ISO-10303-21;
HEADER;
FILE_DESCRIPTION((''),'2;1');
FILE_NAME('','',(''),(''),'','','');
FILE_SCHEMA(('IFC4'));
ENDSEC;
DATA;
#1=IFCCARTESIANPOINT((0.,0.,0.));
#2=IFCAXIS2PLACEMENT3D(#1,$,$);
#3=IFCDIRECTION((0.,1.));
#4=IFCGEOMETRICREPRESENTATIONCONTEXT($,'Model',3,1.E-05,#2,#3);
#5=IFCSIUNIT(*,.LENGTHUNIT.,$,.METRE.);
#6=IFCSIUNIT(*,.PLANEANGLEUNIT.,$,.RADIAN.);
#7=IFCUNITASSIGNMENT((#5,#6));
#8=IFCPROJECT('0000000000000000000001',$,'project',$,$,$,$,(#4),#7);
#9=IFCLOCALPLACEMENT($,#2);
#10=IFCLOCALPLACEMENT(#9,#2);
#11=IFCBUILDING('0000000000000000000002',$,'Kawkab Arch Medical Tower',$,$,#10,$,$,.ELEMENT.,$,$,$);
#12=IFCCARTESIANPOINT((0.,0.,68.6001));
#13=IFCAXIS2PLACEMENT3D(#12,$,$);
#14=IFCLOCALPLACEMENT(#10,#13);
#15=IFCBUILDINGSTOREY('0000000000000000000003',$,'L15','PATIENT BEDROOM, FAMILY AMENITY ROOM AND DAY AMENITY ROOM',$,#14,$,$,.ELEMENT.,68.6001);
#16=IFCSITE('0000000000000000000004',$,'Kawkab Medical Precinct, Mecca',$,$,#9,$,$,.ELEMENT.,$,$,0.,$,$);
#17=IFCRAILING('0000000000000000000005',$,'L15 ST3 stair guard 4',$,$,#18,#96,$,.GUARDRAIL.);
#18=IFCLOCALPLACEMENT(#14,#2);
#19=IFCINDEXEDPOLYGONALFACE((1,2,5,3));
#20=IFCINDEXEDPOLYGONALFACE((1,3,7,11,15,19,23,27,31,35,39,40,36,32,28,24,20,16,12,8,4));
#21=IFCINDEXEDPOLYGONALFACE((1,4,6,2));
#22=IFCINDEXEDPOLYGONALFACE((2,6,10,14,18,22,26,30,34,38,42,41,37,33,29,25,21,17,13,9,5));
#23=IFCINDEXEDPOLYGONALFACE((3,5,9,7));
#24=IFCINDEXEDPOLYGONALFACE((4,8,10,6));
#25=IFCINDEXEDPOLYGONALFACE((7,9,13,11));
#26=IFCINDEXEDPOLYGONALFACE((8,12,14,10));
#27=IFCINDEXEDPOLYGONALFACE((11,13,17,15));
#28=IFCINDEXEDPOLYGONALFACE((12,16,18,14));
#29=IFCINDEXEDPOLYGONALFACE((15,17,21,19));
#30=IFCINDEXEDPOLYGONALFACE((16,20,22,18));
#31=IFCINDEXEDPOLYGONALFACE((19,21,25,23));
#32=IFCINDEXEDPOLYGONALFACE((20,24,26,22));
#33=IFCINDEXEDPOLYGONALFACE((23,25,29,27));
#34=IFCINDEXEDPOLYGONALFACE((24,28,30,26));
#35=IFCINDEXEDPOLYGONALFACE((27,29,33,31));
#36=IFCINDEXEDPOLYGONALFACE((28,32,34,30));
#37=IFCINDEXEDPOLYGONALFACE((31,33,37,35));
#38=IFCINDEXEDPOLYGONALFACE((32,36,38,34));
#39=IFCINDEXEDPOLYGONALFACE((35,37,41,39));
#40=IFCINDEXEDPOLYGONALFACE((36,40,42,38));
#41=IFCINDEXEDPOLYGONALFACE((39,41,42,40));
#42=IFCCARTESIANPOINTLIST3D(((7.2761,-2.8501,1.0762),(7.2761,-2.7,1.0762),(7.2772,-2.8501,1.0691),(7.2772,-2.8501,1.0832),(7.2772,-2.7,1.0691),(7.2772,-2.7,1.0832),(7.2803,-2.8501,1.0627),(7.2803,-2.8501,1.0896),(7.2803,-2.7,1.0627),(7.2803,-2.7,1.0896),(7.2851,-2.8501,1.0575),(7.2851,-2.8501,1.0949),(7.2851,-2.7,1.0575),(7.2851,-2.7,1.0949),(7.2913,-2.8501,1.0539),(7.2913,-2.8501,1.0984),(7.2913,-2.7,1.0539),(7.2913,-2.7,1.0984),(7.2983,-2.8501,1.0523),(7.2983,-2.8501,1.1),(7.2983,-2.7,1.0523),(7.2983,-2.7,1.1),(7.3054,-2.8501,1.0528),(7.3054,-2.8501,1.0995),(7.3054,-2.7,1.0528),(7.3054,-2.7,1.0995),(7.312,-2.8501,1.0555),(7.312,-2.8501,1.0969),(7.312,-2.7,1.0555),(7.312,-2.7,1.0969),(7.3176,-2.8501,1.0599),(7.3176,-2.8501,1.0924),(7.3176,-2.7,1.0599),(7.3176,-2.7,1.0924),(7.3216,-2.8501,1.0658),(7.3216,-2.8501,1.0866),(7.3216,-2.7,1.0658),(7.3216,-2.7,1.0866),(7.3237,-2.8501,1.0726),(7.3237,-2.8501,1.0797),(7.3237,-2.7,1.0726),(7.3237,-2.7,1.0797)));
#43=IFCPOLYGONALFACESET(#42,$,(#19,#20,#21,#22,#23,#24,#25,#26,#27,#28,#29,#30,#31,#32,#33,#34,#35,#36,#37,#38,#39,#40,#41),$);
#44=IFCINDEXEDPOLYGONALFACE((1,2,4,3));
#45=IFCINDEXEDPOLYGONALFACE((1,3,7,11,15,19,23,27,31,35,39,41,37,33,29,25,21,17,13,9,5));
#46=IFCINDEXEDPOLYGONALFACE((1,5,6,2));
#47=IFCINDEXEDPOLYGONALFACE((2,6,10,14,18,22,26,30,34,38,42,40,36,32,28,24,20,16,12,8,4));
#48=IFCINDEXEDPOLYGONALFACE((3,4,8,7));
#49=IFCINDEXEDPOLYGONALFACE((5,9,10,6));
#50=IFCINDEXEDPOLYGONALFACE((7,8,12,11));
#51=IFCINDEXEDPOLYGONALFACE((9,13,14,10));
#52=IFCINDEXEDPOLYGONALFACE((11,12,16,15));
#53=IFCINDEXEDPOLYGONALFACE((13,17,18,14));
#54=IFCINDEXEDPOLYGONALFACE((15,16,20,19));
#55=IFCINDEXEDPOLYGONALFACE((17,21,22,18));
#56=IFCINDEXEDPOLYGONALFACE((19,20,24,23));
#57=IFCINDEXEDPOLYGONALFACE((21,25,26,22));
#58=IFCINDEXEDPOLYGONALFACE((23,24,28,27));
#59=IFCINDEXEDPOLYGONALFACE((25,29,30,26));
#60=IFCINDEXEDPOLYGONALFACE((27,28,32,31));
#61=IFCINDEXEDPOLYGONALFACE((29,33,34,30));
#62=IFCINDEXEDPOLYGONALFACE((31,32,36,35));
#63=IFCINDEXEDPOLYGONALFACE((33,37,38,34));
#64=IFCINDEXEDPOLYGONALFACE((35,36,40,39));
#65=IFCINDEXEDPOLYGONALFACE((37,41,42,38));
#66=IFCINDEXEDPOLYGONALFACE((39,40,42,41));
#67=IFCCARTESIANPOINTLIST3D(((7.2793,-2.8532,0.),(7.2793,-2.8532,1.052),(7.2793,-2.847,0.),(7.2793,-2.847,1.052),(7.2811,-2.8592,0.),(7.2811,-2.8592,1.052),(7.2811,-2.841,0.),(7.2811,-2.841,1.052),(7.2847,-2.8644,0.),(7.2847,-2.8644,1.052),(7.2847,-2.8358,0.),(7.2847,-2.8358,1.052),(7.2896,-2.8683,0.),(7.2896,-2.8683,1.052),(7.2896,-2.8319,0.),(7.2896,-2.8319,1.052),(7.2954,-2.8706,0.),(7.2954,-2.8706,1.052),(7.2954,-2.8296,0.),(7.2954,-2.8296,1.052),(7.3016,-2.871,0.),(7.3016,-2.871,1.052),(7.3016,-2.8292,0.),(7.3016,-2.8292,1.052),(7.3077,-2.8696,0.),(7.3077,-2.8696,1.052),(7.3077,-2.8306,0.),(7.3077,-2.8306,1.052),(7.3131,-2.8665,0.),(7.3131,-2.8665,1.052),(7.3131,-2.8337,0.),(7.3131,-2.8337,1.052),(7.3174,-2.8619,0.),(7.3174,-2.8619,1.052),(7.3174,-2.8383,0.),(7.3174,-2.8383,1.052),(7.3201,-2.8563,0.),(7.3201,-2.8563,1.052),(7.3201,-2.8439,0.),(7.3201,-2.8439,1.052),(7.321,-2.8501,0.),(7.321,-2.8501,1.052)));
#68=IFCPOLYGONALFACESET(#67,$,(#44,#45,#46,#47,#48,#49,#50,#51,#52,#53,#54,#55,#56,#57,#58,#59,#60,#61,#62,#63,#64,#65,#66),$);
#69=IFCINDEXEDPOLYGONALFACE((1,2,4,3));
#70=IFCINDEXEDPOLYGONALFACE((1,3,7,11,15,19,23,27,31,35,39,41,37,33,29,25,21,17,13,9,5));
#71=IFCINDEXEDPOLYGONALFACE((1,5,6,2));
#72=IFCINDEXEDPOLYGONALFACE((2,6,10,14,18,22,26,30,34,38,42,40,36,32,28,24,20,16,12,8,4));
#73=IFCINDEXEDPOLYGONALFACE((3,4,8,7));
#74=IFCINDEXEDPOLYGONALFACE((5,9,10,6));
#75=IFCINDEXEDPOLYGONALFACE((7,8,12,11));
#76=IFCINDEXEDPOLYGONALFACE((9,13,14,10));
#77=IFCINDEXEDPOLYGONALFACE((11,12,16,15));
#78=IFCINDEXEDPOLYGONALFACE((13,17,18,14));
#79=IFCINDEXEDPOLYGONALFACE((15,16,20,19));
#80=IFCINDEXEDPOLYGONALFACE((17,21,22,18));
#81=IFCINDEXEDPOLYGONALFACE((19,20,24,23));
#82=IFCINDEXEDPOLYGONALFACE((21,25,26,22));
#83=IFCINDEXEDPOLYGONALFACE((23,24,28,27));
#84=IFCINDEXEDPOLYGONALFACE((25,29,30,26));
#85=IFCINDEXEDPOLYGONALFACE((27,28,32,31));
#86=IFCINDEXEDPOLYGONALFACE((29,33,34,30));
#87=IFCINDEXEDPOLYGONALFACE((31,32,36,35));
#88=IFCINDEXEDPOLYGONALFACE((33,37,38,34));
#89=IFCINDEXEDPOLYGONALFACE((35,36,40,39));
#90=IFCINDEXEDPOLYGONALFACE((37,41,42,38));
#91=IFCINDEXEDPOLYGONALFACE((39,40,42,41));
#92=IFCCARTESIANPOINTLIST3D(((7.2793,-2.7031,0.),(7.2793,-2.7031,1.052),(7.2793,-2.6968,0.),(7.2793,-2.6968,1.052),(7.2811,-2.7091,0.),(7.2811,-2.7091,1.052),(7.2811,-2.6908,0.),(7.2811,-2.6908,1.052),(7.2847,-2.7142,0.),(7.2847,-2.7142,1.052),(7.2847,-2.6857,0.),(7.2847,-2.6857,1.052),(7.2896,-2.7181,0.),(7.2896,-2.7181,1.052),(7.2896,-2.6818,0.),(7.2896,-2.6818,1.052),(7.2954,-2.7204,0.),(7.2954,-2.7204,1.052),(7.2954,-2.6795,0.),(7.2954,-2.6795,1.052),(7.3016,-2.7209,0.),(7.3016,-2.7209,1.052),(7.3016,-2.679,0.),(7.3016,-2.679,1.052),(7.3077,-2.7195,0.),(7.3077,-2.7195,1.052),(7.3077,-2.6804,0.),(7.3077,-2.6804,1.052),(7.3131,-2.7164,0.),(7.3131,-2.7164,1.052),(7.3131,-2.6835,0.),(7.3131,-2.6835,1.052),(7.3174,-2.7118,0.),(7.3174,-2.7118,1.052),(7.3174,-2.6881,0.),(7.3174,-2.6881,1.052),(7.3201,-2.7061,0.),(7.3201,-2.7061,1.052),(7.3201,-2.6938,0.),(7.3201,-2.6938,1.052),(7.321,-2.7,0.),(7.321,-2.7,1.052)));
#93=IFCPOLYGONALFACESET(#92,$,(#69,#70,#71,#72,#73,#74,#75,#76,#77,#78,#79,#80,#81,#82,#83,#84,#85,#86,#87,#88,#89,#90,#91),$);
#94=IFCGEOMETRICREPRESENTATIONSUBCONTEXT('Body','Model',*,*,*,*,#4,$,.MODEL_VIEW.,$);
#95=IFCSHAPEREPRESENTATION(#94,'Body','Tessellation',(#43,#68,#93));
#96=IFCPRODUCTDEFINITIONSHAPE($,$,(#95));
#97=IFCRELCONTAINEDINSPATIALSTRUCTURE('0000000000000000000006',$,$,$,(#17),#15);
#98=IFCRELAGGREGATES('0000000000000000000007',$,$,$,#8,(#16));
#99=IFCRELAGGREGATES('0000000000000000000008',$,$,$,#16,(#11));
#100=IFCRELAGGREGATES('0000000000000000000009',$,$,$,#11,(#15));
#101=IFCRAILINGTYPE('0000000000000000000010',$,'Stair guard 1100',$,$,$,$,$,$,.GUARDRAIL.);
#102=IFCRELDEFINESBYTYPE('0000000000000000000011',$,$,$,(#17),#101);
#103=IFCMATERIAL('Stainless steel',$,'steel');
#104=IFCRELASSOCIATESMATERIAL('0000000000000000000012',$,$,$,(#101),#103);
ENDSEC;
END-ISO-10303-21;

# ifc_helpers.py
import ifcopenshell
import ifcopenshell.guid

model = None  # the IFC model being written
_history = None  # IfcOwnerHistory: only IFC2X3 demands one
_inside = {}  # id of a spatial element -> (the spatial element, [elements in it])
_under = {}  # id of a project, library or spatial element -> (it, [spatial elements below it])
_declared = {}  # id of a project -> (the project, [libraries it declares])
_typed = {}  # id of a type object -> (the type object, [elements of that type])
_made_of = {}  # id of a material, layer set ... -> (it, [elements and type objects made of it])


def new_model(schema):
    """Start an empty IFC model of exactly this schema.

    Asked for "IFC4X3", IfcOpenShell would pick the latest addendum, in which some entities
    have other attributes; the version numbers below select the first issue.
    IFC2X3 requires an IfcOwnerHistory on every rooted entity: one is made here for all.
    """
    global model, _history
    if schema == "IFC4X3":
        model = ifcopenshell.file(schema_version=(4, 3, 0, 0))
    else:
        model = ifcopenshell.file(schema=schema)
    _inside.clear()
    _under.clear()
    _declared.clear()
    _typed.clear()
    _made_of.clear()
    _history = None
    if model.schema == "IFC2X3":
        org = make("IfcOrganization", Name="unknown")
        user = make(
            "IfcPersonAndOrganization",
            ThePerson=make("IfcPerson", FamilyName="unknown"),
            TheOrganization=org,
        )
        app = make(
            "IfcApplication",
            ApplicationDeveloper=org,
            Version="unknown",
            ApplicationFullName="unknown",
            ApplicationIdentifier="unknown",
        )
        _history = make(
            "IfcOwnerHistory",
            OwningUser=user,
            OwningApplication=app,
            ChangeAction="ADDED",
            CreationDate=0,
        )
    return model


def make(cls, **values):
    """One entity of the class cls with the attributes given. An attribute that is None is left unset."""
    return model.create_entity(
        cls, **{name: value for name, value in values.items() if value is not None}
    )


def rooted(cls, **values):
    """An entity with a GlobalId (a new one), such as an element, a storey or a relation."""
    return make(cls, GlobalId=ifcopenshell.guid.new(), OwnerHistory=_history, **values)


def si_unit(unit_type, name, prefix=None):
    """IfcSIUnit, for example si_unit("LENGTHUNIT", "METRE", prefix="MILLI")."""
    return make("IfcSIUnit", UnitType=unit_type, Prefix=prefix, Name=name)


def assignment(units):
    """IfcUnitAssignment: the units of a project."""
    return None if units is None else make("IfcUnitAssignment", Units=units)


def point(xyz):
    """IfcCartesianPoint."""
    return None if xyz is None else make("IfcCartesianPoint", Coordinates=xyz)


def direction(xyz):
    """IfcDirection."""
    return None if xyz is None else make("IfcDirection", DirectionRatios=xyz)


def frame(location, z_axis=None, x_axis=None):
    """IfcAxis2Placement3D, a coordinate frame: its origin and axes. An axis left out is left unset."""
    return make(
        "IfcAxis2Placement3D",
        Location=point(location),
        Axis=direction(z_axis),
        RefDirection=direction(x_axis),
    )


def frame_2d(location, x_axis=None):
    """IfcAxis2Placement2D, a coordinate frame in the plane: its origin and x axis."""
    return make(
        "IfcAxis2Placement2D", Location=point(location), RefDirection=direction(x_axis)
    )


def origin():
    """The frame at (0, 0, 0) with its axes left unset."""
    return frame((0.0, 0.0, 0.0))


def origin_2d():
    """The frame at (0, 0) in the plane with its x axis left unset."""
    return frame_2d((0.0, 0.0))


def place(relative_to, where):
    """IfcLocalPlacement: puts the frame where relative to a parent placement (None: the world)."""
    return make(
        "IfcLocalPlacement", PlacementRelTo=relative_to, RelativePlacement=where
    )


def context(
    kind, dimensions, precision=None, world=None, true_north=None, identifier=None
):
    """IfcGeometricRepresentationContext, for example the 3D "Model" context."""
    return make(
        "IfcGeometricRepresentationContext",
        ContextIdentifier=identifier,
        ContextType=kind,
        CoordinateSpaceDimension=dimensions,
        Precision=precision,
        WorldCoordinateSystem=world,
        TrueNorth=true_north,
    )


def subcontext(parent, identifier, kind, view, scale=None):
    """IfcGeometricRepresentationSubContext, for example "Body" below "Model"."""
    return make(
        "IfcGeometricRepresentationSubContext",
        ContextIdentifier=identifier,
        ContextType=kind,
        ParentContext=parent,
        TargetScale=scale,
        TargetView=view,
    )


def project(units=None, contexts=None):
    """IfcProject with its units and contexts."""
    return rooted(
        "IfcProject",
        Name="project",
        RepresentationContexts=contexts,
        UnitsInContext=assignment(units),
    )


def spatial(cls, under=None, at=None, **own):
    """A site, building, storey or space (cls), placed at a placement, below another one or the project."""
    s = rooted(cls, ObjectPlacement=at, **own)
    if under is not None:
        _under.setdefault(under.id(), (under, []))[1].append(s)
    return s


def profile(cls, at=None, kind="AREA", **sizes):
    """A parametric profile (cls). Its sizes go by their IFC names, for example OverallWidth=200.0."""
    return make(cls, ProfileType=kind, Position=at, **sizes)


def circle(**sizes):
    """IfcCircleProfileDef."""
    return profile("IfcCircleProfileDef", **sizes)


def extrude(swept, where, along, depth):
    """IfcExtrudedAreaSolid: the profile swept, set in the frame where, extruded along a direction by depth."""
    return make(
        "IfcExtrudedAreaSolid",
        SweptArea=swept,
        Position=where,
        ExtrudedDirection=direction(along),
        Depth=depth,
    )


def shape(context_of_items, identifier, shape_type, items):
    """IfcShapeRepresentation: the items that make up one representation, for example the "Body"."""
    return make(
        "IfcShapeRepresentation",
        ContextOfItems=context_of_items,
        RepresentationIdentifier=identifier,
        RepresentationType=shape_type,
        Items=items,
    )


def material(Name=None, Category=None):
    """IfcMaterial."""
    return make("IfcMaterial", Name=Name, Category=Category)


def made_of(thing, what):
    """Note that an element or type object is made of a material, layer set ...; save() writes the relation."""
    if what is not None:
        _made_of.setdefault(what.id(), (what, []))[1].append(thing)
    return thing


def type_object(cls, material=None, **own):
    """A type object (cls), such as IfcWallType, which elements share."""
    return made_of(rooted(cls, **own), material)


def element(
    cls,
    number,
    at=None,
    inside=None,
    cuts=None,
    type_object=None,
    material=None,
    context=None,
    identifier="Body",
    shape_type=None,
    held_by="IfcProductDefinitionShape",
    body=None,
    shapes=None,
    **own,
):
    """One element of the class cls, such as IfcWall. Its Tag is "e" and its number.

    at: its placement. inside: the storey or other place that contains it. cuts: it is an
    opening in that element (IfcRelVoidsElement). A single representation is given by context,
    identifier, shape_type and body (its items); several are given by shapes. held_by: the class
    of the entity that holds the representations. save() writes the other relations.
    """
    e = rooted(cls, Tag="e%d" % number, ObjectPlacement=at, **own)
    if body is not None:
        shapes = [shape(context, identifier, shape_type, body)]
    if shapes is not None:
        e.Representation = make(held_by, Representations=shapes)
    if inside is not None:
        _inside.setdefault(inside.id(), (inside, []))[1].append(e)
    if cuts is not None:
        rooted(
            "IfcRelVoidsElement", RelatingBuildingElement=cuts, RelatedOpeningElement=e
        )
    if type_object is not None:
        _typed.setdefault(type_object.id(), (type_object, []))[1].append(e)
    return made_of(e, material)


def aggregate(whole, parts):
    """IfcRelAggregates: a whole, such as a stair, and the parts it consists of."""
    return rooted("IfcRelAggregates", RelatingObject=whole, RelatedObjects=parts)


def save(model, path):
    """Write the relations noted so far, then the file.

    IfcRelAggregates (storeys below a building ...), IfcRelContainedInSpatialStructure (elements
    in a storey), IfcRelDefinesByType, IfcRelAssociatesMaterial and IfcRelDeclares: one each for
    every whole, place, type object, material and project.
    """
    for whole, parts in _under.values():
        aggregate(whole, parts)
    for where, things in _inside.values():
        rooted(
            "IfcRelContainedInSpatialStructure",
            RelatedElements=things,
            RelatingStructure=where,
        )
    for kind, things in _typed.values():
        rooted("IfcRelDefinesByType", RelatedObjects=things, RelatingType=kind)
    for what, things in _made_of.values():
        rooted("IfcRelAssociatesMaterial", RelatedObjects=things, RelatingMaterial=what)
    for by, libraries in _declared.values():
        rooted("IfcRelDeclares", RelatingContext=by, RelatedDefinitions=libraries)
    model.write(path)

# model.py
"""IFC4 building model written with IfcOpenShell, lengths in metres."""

from ifc_helpers import new_model, si_unit, direction, frame, origin, origin_2d, place, context, subcontext, project, spatial, circle, extrude, material, type_object, element, save


model = new_model("IFC4")

# Units and contexts
model_context = context("Model", 3, precision=1e-05, world=origin(), true_north=direction((0.0, 1.0)))
body_context = subcontext(model_context, "Body", "Model", "MODEL_VIEW")
ifc_project = project(units=[si_unit("LENGTHUNIT", "METRE"), si_unit("PLANEANGLEUNIT", "RADIAN")], contexts=[model_context])

# Site, building, storey
site_placement = place(None, origin())
site = spatial("IfcSite", under=ifc_project, at=site_placement, Name="Kawkab Medical Precinct, Mecca", CompositionType="ELEMENT", RefElevation=0.0)
building_placement = place(site_placement, origin())
building = spatial("IfcBuilding", under=site, at=building_placement, Name="Kawkab Arch Medical Tower", CompositionType="ELEMENT")
storey_placement = place(building_placement, frame((0.0, 0.0, 68.6001)))
storey = spatial("IfcBuildingStorey", under=building, at=storey_placement, Name="L15", Description="PATIENT BEDROOM, FAMILY AMENITY ROOM AND DAY AMENITY ROOM", CompositionType="ELEMENT", Elevation=68.6001)

# Railing
ifc_material_1 = material(Name="Stainless steel", Category="steel")
railing_type_1 = type_object("IfcRailingType", Name="Stair guard 1100", PredefinedType="GUARDRAIL", material=ifc_material_1)
railing_1_placement = place(storey_placement, frame((7.3, -2.8501, 0.0)))
element("IfcRailing", 1, at=railing_1_placement, inside=storey, type_object=railing_type_1, Name="L15 ST3 stair guard 4", PredefinedType="GUARDRAIL", context=body_context, shape_type="SweptSolid", body=[
    extrude(circle(Radius=0.0239, at=origin_2d()), frame((0.0, 0.0, 1.0762), z_axis=(0.0, 1.0, 0.0), x_axis=(-1.0, 0.0, 0.0)), (0.0, 0.0, 1.0), 0.1501),
    extrude(circle(Radius=0.021, at=origin_2d()), origin(), (0.0, 0.0, 1.0), 1.052),
    extrude(circle(Radius=0.021, at=origin_2d()), frame((0.0, 0.1501, 0.0)), (0.0, 0.0, 1.0), 1.052),
])

save(model, "model.ifc")
